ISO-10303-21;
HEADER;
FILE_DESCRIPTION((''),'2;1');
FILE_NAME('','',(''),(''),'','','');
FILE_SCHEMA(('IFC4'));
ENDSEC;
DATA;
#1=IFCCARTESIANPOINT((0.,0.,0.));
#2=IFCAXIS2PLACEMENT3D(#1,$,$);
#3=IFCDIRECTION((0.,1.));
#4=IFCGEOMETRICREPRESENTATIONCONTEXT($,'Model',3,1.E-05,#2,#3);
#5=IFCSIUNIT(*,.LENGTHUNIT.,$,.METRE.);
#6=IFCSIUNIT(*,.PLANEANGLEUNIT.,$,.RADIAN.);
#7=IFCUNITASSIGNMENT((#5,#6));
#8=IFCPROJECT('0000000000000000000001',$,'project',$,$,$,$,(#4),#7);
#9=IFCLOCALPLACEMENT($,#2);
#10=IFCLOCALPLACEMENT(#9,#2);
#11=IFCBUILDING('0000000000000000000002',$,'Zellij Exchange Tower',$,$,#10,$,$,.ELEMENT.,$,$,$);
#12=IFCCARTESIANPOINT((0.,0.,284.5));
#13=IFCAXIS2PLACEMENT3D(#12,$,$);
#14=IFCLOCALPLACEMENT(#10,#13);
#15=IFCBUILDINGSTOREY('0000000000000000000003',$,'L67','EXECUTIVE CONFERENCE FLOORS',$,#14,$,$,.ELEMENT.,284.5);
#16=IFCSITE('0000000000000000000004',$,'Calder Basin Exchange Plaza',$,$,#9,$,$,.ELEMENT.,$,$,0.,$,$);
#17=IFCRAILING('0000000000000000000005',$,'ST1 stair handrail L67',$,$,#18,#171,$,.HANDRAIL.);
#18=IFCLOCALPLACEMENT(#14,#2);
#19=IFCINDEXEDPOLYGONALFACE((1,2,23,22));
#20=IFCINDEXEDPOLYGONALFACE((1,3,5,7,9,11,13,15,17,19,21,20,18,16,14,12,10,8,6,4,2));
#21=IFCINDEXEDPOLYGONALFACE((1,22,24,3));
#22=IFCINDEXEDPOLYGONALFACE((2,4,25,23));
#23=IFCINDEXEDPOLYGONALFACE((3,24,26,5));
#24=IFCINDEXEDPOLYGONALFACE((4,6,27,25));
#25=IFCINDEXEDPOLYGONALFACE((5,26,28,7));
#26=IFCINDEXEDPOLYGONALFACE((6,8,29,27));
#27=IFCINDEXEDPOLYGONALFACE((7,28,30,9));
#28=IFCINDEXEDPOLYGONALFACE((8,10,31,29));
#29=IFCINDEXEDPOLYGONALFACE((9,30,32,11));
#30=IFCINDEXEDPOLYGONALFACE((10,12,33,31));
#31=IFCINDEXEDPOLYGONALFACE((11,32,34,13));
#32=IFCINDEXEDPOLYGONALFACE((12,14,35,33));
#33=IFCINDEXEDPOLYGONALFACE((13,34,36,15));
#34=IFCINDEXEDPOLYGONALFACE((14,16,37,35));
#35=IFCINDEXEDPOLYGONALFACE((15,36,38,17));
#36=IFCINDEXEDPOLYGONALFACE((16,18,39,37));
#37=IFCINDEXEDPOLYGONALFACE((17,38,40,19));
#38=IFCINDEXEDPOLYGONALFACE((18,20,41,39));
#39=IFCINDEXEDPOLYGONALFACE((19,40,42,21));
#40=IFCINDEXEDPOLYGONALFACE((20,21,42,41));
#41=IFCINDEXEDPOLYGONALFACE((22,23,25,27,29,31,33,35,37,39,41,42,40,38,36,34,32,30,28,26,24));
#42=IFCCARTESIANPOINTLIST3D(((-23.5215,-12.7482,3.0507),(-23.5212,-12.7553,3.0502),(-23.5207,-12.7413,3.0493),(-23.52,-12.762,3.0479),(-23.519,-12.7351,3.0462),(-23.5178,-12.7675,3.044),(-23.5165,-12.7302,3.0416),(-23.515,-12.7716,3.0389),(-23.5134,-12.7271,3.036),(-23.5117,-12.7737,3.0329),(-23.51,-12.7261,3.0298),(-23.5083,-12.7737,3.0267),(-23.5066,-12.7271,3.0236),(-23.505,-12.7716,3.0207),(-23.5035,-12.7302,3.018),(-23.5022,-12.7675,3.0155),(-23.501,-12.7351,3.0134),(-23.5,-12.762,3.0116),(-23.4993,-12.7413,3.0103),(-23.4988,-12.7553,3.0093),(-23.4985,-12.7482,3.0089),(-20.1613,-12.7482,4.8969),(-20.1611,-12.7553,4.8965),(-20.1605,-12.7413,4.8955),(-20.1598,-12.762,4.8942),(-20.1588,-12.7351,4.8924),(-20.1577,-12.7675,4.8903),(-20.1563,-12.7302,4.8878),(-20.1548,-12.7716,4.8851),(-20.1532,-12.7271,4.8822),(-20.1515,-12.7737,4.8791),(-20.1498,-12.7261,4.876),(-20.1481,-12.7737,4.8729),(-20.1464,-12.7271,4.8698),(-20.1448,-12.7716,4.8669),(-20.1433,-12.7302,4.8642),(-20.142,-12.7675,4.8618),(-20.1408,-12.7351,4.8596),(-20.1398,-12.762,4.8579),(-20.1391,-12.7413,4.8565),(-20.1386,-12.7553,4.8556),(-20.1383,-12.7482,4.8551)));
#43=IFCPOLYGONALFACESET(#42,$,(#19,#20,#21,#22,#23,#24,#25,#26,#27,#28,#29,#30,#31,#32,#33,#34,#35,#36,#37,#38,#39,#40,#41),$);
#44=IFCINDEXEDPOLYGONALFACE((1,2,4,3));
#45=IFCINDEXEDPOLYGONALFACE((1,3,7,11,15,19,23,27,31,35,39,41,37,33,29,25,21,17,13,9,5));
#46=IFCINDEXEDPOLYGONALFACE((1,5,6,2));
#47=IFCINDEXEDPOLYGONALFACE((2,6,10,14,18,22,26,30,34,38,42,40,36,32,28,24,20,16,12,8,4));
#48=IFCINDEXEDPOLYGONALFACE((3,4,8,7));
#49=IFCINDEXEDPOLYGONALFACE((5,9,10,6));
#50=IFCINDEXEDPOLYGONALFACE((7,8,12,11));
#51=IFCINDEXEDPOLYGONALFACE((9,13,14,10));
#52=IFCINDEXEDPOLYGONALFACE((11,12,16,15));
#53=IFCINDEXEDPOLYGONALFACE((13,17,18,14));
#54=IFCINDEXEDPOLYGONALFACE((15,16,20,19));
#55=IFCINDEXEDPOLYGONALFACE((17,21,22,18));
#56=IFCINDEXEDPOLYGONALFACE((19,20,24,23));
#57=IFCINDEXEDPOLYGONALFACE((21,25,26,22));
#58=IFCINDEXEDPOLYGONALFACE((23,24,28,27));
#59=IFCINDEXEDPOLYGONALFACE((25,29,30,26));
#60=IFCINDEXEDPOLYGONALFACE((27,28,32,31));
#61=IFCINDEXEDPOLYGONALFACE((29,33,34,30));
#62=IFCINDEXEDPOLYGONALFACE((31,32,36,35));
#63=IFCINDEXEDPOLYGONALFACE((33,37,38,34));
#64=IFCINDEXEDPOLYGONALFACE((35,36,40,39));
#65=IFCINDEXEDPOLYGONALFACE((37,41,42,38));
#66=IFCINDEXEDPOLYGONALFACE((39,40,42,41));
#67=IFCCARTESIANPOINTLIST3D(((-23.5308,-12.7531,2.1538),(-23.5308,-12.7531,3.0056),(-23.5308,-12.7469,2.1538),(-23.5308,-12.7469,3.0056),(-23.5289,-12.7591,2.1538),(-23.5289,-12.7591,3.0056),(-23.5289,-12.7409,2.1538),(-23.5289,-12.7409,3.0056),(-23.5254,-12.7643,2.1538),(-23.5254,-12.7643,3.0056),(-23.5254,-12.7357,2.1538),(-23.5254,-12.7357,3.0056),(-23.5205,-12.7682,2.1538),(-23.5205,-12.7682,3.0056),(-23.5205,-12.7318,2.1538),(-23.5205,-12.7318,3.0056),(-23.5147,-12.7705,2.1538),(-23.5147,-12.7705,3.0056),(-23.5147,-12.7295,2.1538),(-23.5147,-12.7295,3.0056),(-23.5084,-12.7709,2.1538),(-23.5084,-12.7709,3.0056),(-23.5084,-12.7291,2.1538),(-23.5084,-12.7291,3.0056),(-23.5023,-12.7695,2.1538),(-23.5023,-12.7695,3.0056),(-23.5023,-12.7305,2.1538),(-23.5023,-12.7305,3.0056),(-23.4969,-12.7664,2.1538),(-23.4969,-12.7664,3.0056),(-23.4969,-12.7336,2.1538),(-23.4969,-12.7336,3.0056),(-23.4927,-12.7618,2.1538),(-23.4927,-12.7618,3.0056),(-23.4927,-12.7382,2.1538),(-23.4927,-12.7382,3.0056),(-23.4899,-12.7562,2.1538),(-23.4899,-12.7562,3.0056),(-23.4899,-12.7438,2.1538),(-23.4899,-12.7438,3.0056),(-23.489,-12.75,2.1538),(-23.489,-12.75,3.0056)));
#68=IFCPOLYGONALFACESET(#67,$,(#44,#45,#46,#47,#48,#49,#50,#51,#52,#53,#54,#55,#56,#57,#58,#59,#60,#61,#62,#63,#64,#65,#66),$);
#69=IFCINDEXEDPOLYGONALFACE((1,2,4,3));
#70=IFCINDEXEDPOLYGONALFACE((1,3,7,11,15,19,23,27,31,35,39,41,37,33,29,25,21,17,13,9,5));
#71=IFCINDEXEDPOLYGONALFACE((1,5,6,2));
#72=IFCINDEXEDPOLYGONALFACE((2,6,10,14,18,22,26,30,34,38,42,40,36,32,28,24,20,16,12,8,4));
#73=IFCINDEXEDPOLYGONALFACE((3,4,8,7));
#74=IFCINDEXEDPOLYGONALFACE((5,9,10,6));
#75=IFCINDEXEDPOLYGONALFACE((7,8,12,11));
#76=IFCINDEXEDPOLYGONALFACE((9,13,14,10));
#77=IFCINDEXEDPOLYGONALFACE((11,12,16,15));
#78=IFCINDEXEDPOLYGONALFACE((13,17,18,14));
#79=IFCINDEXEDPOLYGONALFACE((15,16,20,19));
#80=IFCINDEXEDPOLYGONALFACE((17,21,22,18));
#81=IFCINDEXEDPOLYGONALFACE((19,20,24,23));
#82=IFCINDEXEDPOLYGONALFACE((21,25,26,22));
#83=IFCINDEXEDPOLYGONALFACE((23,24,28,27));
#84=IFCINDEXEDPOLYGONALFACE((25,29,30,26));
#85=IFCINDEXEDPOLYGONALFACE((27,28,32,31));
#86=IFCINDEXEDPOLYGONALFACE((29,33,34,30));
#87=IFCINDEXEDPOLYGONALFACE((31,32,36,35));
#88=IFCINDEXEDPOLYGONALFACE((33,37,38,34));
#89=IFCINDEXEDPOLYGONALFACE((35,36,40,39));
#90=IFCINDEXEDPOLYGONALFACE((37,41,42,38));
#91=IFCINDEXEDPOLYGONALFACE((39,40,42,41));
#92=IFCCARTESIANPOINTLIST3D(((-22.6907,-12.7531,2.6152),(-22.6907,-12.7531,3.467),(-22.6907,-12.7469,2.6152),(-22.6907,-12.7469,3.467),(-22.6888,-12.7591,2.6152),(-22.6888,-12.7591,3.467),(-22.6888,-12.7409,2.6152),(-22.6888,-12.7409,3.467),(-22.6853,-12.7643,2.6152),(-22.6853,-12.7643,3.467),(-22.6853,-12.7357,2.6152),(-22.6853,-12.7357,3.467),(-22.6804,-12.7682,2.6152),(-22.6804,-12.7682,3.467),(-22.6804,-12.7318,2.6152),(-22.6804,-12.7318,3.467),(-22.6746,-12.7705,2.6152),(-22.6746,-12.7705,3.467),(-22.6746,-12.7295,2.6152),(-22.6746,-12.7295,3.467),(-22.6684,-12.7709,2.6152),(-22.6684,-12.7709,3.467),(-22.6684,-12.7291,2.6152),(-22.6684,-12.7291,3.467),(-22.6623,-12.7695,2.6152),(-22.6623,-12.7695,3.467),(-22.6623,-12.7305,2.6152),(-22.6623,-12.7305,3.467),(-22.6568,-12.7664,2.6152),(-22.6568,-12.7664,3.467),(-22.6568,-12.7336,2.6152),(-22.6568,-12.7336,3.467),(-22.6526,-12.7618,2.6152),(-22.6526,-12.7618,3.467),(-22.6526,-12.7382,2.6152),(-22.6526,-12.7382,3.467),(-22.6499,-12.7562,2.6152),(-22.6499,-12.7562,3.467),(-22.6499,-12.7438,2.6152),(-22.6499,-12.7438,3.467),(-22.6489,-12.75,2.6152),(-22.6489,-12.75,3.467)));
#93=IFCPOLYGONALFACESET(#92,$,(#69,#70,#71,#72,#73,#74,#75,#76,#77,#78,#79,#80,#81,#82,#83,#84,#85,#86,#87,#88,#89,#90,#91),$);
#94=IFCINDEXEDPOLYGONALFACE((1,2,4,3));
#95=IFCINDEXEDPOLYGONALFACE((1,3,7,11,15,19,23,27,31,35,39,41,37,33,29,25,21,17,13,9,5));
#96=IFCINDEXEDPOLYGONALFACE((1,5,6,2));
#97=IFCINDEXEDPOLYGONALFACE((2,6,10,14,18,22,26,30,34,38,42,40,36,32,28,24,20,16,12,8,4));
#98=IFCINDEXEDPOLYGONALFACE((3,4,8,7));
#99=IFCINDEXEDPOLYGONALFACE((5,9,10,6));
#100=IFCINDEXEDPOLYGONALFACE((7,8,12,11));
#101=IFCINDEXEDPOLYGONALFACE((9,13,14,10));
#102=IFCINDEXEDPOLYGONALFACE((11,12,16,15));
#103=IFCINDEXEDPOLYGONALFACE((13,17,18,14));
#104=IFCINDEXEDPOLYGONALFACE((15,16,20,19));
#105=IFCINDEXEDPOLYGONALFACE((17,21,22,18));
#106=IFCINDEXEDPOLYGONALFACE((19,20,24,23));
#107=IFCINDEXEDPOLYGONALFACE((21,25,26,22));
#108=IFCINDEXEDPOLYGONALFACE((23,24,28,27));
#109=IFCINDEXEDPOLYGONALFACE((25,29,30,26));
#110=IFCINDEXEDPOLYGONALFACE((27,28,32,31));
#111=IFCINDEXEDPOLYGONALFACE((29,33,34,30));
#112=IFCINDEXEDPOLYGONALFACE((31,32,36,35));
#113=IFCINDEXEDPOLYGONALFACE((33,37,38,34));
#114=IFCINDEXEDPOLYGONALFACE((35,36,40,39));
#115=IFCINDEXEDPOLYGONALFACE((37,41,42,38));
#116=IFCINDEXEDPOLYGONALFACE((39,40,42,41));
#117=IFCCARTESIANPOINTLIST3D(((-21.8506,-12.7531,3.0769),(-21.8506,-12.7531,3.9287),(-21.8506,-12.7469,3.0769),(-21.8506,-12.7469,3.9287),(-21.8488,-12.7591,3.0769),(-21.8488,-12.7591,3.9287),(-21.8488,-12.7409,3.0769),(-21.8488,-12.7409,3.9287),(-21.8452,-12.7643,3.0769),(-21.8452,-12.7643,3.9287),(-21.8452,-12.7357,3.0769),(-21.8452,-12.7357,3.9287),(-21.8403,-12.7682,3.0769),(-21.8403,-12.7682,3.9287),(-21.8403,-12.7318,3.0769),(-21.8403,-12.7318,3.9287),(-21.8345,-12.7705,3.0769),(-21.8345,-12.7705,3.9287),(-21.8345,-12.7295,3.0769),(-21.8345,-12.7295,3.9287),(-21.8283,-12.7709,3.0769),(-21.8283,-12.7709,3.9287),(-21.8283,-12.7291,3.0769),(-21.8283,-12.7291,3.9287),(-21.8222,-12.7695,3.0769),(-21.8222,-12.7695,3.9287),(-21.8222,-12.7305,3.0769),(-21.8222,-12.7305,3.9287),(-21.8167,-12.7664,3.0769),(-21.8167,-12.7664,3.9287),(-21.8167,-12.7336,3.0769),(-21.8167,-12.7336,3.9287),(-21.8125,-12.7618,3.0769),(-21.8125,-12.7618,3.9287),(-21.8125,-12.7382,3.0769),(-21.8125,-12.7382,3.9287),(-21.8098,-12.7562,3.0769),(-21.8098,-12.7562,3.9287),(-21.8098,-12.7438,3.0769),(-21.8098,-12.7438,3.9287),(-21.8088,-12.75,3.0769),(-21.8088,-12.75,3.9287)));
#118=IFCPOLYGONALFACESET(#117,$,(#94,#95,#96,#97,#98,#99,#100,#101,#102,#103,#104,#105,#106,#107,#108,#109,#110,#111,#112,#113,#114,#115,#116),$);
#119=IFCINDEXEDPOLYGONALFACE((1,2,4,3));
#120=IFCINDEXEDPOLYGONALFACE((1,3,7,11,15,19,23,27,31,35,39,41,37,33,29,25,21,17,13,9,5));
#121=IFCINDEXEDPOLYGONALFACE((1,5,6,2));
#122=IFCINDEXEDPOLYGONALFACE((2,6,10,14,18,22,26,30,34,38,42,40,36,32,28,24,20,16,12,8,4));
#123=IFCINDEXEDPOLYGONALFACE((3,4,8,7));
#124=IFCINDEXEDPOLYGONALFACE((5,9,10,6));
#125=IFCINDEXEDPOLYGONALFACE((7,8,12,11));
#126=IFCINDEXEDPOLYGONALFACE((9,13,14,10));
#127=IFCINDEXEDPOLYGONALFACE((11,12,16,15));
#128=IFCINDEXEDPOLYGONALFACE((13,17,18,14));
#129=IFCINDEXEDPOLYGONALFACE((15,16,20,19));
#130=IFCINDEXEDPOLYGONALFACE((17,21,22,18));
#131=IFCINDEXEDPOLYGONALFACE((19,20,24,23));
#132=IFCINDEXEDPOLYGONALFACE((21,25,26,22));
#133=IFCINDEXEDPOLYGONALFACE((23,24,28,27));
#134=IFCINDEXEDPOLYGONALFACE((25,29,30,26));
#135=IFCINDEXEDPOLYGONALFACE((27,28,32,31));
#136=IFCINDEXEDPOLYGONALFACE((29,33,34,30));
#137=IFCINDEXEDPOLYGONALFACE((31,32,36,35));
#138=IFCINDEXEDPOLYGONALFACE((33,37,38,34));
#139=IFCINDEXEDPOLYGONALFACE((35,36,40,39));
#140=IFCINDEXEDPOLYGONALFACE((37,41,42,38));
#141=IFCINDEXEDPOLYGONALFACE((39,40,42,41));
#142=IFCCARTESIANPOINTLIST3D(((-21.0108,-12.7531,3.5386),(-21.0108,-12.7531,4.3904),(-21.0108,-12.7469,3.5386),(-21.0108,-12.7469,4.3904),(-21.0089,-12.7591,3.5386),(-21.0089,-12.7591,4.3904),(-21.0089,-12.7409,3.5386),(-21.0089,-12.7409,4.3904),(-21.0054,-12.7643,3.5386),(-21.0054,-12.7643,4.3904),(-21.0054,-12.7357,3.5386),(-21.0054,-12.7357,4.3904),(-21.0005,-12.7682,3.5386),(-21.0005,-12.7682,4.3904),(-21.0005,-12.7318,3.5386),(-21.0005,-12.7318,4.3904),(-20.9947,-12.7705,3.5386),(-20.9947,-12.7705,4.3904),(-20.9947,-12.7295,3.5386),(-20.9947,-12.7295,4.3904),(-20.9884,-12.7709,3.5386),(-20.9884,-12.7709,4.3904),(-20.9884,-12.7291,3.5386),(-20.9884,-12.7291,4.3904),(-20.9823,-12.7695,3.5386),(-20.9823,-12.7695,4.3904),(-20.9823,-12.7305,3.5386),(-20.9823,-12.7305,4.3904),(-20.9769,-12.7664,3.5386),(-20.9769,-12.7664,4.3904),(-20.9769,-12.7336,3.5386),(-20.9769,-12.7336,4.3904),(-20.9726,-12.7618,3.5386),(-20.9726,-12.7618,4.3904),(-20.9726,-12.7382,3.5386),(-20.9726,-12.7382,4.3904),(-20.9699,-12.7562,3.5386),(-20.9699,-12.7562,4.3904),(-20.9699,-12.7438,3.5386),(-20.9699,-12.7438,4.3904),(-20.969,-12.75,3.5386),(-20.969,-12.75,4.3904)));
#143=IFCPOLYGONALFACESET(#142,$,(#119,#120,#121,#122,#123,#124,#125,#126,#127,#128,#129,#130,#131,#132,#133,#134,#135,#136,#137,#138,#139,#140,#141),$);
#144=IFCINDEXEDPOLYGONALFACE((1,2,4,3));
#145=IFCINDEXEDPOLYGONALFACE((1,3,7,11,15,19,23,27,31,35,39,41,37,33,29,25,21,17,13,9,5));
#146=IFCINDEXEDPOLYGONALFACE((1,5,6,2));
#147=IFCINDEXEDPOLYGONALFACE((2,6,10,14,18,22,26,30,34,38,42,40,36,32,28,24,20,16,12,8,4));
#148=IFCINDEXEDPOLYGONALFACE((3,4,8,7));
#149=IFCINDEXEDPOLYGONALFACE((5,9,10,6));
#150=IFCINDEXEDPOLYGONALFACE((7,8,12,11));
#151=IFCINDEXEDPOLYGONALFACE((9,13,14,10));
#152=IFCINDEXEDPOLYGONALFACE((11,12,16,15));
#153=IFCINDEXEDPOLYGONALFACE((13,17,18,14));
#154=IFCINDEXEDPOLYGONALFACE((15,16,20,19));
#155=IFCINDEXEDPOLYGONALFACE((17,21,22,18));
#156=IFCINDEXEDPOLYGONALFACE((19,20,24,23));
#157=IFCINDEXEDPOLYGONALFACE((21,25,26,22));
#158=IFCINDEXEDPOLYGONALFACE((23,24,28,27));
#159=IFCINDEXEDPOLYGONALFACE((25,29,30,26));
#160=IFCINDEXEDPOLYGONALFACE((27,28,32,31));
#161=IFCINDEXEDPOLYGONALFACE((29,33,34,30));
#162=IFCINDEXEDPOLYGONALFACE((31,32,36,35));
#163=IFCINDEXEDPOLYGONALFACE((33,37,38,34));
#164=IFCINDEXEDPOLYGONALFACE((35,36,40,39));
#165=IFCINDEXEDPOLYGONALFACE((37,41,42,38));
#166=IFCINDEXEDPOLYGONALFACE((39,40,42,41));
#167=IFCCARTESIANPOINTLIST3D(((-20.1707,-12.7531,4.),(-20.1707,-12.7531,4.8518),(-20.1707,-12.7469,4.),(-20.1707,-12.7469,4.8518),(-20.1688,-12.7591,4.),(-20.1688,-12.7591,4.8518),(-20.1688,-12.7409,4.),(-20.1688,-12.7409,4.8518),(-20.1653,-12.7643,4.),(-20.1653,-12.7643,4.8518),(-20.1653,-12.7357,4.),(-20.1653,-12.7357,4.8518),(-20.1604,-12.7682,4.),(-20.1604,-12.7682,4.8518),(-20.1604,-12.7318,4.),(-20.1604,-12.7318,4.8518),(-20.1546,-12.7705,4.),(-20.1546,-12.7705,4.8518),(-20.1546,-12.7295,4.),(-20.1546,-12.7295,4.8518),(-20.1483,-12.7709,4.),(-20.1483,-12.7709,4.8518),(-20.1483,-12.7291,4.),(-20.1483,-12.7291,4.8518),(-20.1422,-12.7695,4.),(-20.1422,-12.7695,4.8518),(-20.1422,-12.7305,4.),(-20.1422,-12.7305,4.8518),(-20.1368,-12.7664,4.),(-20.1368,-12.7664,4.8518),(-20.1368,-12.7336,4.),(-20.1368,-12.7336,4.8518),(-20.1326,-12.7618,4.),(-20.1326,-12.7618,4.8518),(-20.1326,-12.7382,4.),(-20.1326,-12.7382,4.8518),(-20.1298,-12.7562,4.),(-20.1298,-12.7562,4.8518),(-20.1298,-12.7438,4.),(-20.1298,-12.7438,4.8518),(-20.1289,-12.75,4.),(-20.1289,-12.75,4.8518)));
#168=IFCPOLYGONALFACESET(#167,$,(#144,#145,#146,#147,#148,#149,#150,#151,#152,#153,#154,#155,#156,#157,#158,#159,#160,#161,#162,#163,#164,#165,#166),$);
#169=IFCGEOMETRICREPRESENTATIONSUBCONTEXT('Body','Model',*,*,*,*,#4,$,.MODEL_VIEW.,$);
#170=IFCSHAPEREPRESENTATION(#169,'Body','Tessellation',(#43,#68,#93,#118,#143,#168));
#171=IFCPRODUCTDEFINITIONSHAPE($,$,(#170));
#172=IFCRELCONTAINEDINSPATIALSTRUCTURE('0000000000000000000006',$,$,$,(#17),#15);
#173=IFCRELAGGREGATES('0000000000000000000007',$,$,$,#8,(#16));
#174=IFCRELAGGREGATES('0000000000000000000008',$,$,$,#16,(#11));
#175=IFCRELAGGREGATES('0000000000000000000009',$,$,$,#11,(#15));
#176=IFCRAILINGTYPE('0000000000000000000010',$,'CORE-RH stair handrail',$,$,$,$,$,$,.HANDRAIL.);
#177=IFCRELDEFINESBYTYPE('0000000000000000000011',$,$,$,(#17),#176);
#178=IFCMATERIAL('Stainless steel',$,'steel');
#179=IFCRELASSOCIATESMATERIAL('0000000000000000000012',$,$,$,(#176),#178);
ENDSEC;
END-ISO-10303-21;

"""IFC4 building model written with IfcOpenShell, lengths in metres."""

from ifc_helpers import new_model, si_unit, direction, frame, origin, origin_2d, place, context, subcontext, project, spatial, circle, extrude, material, type_object, element, save


model = new_model("IFC4")

# Units and contexts
model_context = context("Model", 3, precision=1e-05, world=origin(), true_north=direction((0.0, 1.0)))
body_context = subcontext(model_context, "Body", "Model", "MODEL_VIEW")
ifc_project = project(units=[si_unit("LENGTHUNIT", "METRE"), si_unit("PLANEANGLEUNIT", "RADIAN")], contexts=[model_context])

# Site, building, storey
site_placement = place(None, origin())
site = spatial("IfcSite", under=ifc_project, at=site_placement, Name="Calder Basin Exchange Plaza", CompositionType="ELEMENT", RefElevation=0.0)
building_placement = place(site_placement, origin())
building = spatial("IfcBuilding", under=site, at=building_placement, Name="Zellij Exchange Tower", CompositionType="ELEMENT")
storey_placement = place(building_placement, frame((0.0, 0.0, 284.5)))
storey = spatial("IfcBuildingStorey", under=building, at=storey_placement, Name="L67", Description="EXECUTIVE CONFERENCE FLOORS", CompositionType="ELEMENT", Elevation=284.5)

# Railing
ifc_material_1 = material(Name="Stainless steel", Category="steel")
railing_type = type_object("IfcRailingType", Name="CORE-RH stair handrail", PredefinedType="HANDRAIL", material=ifc_material_1)
railing_placement = place(storey_placement, frame((-23.51, -12.75, 2.1538)))
element("IfcRailing", 1, at=railing_placement, inside=storey, type_object=railing_type, Name="ST1 stair handrail L67", PredefinedType="HANDRAIL", context=body_context, shape_type="SweptSolid", body=[
    extrude(circle(Radius=0.0239, at=origin_2d()), frame((0.0, 0.0, 0.876), z_axis=(0.876422, 0.0, 0.481545), x_axis=(0.0, 1.0, 0.0)), (0.0, 0.0, 1.0), 3.834),
    extrude(circle(Radius=0.021, at=origin_2d()), origin(), (0.0, 0.0, 1.0), 0.8518),
    extrude(circle(Radius=0.021, at=origin_2d()), frame((0.8401, 0.0, 0.4614)), (0.0, 0.0, 1.0), 0.8518),
    extrude(circle(Radius=0.021, at=origin_2d()), frame((1.6802, 0.0, 0.9231)), (0.0, 0.0, 1.0), 0.8518),
    extrude(circle(Radius=0.021, at=origin_2d()), frame((2.52, 0.0, 1.3848)), (0.0, 0.0, 1.0), 0.8518),
    extrude(circle(Radius=0.021, at=origin_2d()), frame((3.3601, 0.0, 1.8462)), (0.0, 0.0, 1.0), 0.8518),
])

save(model, "model.ifc")
